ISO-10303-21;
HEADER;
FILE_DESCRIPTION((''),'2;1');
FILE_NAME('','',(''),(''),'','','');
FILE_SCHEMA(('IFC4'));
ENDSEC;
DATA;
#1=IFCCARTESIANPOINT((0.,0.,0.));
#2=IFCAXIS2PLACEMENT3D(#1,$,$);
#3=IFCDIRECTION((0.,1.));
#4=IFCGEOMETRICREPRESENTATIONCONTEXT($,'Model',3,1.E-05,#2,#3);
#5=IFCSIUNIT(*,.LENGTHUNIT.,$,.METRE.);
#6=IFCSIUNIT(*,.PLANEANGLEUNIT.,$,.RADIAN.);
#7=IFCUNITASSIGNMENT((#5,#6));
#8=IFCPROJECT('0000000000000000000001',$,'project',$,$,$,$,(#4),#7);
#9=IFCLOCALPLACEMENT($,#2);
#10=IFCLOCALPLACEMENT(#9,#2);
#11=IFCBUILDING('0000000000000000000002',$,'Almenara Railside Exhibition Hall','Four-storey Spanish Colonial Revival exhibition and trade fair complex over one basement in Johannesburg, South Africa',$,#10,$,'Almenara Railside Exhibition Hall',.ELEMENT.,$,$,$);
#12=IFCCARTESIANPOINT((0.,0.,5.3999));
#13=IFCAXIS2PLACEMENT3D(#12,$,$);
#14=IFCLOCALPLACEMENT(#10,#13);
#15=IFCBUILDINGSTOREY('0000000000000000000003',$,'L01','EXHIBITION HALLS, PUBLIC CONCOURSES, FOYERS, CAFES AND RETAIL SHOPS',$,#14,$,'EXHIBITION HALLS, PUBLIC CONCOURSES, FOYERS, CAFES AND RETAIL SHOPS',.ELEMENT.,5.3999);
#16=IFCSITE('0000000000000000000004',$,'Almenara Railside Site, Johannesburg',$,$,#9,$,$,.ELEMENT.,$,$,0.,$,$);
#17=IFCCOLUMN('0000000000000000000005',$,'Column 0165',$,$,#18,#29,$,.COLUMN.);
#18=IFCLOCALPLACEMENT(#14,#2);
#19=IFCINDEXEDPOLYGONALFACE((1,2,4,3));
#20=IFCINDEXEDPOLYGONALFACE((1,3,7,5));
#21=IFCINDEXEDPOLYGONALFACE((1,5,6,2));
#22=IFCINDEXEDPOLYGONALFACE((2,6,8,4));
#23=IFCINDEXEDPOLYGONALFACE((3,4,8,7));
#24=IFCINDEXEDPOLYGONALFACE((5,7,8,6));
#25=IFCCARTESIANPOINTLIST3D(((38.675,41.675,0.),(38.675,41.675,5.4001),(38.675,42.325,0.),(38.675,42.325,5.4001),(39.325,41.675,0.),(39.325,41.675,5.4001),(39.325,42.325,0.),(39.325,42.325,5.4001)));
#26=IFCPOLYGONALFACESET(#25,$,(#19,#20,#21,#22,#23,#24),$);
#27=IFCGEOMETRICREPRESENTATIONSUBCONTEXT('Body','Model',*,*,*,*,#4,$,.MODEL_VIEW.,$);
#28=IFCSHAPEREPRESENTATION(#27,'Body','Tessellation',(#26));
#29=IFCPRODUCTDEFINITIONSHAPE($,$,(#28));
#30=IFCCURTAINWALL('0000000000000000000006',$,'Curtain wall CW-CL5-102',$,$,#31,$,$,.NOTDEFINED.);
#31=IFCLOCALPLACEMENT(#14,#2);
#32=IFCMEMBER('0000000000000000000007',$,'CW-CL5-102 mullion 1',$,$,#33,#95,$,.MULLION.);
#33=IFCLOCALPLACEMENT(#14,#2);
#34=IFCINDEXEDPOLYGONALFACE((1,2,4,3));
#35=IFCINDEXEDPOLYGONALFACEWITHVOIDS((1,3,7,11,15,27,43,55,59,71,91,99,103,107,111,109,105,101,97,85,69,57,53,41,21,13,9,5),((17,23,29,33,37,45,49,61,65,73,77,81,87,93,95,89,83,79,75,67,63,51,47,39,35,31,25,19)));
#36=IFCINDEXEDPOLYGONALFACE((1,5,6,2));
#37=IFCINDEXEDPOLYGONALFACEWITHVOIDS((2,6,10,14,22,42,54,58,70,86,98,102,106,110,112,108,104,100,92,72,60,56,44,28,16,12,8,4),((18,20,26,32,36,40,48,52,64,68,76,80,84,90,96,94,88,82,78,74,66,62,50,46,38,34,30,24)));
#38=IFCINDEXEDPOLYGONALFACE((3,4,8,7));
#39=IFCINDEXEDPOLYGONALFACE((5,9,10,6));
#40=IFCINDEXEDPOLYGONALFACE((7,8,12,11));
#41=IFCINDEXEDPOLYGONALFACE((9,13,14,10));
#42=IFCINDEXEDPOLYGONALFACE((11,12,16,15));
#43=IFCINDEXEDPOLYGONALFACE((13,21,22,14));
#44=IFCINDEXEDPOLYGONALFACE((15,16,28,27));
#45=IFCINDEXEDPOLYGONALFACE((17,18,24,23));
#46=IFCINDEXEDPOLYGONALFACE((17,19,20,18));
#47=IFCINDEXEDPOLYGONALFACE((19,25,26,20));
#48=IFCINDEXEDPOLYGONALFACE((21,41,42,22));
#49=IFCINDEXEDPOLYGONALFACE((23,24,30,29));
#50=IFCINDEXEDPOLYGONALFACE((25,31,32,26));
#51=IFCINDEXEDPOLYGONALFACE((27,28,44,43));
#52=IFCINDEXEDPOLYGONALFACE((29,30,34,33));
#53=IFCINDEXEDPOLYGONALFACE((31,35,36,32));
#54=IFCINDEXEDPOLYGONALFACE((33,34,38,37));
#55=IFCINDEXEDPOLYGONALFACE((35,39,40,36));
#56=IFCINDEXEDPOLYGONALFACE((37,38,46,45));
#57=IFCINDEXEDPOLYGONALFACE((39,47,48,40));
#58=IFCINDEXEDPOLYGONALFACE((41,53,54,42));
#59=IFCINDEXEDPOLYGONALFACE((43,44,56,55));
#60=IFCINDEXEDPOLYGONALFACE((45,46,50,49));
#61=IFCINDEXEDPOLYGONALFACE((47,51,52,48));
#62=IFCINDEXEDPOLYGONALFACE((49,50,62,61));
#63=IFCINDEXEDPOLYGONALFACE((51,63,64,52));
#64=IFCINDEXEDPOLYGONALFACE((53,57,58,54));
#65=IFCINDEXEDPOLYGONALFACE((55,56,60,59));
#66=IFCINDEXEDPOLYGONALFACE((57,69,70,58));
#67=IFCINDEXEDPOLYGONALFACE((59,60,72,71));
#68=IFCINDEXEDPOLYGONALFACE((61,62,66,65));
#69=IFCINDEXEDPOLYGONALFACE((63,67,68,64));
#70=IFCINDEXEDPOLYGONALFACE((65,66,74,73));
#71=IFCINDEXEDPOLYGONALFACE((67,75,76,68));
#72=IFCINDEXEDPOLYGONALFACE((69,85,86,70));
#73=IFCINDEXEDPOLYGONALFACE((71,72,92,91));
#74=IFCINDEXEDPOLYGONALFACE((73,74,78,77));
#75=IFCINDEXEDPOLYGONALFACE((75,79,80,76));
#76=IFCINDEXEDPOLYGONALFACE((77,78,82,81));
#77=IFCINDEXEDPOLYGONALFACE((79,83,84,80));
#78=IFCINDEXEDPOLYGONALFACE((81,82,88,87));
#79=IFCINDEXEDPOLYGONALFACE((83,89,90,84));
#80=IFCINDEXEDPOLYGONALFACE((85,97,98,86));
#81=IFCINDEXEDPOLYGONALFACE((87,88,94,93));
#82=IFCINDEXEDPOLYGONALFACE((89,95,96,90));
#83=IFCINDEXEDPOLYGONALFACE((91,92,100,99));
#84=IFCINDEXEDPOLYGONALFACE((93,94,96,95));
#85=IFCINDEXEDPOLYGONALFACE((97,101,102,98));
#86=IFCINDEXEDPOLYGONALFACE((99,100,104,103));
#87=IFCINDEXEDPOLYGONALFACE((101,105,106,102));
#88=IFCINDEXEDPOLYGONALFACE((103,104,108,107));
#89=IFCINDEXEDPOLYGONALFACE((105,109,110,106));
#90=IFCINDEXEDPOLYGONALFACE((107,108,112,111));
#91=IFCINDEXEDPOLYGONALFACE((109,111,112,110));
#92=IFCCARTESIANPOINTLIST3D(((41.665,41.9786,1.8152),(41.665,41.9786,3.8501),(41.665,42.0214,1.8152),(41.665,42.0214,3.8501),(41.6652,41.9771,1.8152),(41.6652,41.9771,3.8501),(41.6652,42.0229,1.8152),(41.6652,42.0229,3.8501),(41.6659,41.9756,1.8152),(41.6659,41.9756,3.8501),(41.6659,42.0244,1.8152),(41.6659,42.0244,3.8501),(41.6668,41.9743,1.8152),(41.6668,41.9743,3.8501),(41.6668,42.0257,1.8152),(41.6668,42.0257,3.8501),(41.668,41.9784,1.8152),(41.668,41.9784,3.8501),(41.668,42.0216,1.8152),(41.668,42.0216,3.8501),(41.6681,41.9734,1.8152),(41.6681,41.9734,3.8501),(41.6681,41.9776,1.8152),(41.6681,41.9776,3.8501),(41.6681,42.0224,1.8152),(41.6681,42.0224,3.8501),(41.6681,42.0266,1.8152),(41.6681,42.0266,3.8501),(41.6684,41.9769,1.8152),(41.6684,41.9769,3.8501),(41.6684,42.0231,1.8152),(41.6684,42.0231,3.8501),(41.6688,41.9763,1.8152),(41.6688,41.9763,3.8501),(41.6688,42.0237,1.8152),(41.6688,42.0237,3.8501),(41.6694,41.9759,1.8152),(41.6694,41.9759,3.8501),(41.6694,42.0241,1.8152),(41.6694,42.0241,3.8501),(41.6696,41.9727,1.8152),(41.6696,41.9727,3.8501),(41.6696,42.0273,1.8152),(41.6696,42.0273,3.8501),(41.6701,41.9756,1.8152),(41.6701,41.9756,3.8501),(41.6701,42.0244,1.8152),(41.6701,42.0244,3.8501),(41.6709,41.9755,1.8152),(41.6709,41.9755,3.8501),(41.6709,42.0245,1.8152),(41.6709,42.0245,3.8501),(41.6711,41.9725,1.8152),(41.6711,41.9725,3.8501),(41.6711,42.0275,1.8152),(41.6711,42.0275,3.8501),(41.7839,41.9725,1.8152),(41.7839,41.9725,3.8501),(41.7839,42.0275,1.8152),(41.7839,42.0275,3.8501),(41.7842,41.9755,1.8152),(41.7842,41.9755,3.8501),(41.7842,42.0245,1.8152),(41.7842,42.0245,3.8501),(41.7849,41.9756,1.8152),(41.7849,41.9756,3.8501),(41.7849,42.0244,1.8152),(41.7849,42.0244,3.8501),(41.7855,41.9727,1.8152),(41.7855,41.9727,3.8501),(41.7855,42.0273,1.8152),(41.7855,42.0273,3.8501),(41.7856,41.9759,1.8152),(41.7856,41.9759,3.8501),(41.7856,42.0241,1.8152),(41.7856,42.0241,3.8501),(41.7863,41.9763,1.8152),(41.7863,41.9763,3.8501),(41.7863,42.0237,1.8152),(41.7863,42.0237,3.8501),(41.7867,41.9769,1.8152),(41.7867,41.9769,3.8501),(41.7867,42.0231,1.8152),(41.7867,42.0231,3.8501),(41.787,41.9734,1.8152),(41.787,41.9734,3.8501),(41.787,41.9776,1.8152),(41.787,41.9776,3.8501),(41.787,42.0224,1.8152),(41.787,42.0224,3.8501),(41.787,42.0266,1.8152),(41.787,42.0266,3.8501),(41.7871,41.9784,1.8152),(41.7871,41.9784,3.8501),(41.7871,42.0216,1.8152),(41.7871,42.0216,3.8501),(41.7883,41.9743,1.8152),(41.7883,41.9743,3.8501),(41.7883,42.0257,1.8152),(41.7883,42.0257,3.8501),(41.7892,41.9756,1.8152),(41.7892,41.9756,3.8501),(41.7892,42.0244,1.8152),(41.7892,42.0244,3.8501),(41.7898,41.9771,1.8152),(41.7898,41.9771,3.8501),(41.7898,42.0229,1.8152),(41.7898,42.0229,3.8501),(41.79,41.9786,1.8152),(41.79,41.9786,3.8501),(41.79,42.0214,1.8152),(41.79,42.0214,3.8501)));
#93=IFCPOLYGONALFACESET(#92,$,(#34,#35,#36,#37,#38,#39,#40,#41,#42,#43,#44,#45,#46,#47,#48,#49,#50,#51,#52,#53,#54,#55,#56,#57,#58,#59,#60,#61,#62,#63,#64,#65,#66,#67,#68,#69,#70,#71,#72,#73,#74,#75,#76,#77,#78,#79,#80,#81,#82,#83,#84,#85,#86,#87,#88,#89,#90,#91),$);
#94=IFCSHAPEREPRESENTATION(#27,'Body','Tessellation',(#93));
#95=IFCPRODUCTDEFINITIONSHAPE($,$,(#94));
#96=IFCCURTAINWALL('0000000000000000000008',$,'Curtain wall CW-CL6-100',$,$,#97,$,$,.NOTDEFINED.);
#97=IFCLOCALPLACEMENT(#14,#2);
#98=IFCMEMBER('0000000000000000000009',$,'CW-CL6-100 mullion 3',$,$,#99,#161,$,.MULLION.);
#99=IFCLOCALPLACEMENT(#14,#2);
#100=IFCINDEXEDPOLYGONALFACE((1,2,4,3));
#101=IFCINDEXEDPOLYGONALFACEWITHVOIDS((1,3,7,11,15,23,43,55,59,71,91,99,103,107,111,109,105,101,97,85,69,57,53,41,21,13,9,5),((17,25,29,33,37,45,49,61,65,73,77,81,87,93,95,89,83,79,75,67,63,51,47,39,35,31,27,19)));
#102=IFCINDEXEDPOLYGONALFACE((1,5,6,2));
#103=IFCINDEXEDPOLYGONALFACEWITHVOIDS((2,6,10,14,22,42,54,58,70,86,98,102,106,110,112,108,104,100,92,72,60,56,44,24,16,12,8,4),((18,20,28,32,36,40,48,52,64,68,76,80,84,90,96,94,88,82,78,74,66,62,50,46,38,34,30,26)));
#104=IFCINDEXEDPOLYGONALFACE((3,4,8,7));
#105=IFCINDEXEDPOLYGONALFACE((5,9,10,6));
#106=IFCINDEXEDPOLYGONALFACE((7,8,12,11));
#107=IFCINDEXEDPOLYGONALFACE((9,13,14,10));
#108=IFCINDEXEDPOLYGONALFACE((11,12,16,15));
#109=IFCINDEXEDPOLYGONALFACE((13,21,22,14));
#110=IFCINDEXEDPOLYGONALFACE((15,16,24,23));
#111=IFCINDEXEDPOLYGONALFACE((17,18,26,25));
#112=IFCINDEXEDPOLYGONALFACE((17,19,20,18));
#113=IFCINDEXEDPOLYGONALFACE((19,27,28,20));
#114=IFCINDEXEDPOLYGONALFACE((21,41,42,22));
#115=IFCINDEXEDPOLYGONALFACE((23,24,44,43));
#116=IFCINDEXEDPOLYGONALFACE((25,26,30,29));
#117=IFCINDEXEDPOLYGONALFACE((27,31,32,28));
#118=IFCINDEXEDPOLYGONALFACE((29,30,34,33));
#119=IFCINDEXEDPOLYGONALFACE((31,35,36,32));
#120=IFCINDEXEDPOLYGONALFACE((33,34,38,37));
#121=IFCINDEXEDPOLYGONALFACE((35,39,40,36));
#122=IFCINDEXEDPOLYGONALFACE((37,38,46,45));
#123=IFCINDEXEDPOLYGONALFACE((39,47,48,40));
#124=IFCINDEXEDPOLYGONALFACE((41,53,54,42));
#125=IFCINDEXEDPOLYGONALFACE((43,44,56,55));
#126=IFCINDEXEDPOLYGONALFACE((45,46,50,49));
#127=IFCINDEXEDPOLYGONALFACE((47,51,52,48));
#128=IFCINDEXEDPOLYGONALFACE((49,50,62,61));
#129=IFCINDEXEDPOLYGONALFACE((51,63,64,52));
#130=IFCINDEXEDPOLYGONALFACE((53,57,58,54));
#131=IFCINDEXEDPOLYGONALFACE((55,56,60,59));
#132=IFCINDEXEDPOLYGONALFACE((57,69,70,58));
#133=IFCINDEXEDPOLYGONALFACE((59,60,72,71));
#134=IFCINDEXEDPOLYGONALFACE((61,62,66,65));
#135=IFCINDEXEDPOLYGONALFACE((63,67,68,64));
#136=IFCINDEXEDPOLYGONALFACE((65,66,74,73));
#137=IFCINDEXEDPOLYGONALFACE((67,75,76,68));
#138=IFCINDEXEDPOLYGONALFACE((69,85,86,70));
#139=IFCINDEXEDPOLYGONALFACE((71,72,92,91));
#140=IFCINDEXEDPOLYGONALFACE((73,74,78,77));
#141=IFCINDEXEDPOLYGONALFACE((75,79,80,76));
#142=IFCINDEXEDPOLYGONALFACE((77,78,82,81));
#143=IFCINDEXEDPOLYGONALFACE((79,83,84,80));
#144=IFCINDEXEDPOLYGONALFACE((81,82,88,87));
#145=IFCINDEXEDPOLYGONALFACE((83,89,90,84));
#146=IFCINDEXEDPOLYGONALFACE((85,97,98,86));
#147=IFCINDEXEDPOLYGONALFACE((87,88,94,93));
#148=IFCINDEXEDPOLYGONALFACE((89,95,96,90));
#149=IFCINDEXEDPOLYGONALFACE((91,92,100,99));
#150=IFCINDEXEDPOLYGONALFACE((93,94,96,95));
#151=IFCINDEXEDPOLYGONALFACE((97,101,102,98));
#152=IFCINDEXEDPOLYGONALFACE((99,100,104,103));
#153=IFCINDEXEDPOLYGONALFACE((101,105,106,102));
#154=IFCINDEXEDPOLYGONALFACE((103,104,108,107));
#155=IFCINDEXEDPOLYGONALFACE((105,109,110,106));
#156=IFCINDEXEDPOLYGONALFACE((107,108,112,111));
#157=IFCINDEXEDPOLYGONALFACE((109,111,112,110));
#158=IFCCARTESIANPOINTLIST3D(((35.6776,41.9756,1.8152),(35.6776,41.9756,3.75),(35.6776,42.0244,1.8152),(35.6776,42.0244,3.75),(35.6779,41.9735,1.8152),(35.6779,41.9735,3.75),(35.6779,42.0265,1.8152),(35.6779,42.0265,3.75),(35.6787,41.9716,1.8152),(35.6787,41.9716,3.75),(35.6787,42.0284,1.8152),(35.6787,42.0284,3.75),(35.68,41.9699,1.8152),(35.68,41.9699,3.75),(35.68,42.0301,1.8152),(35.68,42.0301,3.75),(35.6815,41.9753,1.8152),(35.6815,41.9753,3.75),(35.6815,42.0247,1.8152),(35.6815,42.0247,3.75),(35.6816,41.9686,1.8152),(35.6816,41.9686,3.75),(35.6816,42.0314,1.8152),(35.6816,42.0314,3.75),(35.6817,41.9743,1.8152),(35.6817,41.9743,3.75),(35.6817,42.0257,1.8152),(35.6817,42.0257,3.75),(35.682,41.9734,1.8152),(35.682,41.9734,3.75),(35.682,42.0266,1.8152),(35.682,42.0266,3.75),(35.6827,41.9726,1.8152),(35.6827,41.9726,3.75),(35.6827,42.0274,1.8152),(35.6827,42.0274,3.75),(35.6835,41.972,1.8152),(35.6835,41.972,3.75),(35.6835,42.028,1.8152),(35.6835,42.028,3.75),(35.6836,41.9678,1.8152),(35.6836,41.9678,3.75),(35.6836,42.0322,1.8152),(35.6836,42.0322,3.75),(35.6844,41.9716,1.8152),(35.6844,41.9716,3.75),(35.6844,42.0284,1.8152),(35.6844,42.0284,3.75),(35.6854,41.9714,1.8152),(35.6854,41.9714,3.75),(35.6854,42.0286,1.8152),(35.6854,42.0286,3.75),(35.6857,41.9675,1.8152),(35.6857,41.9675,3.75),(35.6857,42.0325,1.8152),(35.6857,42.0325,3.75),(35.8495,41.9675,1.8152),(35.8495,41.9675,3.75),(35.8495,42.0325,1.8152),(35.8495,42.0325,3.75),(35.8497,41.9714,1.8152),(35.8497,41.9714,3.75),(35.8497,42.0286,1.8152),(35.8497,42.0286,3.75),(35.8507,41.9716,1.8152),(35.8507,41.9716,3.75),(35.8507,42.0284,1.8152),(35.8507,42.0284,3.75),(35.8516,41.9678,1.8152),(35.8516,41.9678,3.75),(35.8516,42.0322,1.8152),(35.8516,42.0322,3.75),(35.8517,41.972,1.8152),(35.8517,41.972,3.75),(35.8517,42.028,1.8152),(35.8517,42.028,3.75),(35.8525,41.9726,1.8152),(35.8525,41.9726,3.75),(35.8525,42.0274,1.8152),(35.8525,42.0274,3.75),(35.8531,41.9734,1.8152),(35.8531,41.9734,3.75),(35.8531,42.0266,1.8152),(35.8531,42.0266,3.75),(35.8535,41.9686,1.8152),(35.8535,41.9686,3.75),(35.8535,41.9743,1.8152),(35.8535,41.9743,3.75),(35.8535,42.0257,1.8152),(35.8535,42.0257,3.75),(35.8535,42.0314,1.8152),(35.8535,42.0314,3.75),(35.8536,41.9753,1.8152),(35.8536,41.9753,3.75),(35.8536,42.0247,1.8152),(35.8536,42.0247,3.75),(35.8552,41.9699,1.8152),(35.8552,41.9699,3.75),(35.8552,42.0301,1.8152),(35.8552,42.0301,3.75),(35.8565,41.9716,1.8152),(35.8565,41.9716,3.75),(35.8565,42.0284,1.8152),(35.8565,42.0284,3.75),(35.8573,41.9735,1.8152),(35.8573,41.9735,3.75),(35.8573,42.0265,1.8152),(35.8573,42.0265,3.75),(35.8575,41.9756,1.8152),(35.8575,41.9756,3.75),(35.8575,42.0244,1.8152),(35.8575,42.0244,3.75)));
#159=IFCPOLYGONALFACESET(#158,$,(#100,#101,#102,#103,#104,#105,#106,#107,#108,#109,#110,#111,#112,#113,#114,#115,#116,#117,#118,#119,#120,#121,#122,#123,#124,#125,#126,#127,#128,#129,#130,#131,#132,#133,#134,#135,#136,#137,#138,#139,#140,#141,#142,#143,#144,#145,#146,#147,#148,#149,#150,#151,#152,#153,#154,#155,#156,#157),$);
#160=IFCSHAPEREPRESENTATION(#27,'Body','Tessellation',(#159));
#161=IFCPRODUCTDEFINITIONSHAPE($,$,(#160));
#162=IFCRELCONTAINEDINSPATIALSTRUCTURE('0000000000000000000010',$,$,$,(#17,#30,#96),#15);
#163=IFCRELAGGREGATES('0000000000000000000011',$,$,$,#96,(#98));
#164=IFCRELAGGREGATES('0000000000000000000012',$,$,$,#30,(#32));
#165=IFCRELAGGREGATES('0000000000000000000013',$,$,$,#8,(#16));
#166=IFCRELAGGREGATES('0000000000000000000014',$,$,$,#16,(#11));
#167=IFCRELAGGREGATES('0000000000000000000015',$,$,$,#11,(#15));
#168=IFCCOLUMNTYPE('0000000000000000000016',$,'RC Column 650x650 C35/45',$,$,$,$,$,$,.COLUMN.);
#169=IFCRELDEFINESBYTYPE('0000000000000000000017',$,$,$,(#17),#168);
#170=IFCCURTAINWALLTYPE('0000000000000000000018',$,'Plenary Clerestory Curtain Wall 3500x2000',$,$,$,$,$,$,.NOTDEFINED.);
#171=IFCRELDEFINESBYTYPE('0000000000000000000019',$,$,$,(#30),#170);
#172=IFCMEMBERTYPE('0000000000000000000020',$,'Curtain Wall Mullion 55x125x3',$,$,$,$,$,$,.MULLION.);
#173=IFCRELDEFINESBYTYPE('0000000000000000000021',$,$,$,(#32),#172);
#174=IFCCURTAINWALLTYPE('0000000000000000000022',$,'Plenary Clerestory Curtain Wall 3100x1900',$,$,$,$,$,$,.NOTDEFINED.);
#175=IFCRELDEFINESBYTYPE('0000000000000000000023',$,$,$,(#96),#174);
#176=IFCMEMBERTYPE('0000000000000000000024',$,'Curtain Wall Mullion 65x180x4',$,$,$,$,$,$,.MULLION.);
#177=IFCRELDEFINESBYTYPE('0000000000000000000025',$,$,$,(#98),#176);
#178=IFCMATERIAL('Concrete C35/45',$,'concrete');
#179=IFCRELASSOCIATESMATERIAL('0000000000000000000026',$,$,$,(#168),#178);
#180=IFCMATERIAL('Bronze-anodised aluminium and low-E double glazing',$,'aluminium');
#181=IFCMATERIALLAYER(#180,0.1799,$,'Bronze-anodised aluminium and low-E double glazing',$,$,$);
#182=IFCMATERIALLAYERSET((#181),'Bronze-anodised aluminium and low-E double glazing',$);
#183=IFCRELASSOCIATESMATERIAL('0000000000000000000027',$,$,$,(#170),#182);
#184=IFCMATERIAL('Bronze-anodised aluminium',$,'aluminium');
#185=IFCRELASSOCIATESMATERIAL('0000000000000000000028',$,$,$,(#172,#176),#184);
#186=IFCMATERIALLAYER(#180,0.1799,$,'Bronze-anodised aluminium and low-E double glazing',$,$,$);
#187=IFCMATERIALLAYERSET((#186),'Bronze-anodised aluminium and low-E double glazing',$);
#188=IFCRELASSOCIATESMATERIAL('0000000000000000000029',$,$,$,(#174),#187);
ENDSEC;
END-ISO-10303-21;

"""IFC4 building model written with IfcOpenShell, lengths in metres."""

from ifc_helpers import new_model, si_unit, direction, frame, origin, origin_2d, place, context, subcontext, project, spatial, rectangle, hollow_rectangle, extrude, material, layer, layer_set, material_profile, profile_set, type_object, element, aggregate, save


model = new_model("IFC4")

# Units and contexts
model_context = context("Model", 3, precision=1e-05, world=origin(), true_north=direction((0.0, 1.0)))
body_context = subcontext(model_context, "Body", "Model", "MODEL_VIEW")
ifc_project = project(units=[si_unit("LENGTHUNIT", "METRE"), si_unit("PLANEANGLEUNIT", "RADIAN")], contexts=[model_context])

# Site, building, storey
site_placement = place(None, origin())
site = spatial("IfcSite", under=ifc_project, at=site_placement, Name="Almenara Railside Site, Johannesburg", CompositionType="ELEMENT", RefElevation=0.0)
building_placement = place(site_placement, origin())
building = spatial("IfcBuilding", under=site, at=building_placement, Name="Almenara Railside Exhibition Hall", Description="Four-storey Spanish Colonial Revival exhibition and trade fair complex over one basement in Johannesburg, South Africa", LongName="Almenara Railside Exhibition Hall", CompositionType="ELEMENT")
storey_placement = place(building_placement, frame((0.0, 0.0, 5.3999)))
storey = spatial("IfcBuildingStorey", under=building, at=storey_placement, Name="L01", Description="EXHIBITION HALLS, PUBLIC CONCOURSES, FOYERS, CAFES AND RETAIL SHOPS", LongName="EXHIBITION HALLS, PUBLIC CONCOURSES, FOYERS, CAFES AND RETAIL SHOPS", CompositionType="ELEMENT", Elevation=5.3999)

# Column
ifc_material_1 = material(Name="Concrete C35/45", Category="concrete")
ifc_material_profile_1 = material_profile(ifc_material_1, rectangle(XDim=0.6499, YDim=0.6499, at=origin_2d()), Name="RC 650x650")
ifc_profile_set_1 = profile_set([ifc_material_profile_1], Name="Concrete C35/45")
column_type = type_object("IfcColumnType", Name="RC Column 650x650 C35/45", PredefinedType="COLUMN", material=ifc_profile_set_1)
column_placement = place(storey_placement, frame((39.0, 42.0, 0.0), z_axis=(0.0, 0.0, 1.0), x_axis=(1.0, 0.0, 0.0)))
element("IfcColumn", 1, at=column_placement, inside=storey, type_object=column_type, Name="Column 0165", PredefinedType="COLUMN", context=body_context, shape_type="SweptSolid", body=[
    extrude(rectangle(XDim=0.6499, YDim=0.6499, at=origin_2d()), origin(), (0.0, 0.0, 1.0), 5.4001),
])

# Curtain walls, members
ifc_material_2 = material(Name="Bronze-anodised aluminium and low-E double glazing", Category="aluminium")
ifc_layer_1 = layer(ifc_material_2, 0.1799, Name="Bronze-anodised aluminium and low-E double glazing")
ifc_layer_set_1 = layer_set([ifc_layer_1], Name="Bronze-anodised aluminium and low-E double glazing")
curtain_wall_type_1 = type_object("IfcCurtainWallType", Name="Plenary Clerestory Curtain Wall 3500x2000", PredefinedType="NOTDEFINED", material=ifc_layer_set_1)
curtain_wall_1_placement = place(storey_placement, origin())
curtain_wall_1 = element("IfcCurtainWall", 2, at=curtain_wall_1_placement, inside=storey, type_object=curtain_wall_type_1, Name="Curtain wall CW-CL5-102", PredefinedType="NOTDEFINED")
ifc_material_3 = material(Name="Bronze-anodised aluminium", Category="aluminium")
ifc_material_profile_2 = material_profile(ifc_material_3, hollow_rectangle(XDim=0.0549, YDim=0.125, WallThickness=0.0029, InnerFilletRadius=0.0029, OuterFilletRadius=0.0061, at=origin_2d()), Name="ALU-MUL 55x125x3")
ifc_profile_set_2 = profile_set([ifc_material_profile_2], Name="Bronze-anodised aluminium")
member_type_1 = type_object("IfcMemberType", Name="Curtain Wall Mullion 55x125x3", PredefinedType="MULLION", material=ifc_profile_set_2)
member_1_placement = place(storey_placement, frame((41.7275, 42.0, 1.8152), z_axis=(0.0, 0.0, 1.0), x_axis=(0.0, 1.0, 0.0)))
member_1 = element("IfcMember", 3, at=member_1_placement, type_object=member_type_1, Name="CW-CL5-102 mullion 1", PredefinedType="MULLION", context=body_context, shape_type="SweptSolid", body=[
    extrude(hollow_rectangle(XDim=0.0549, YDim=0.125, WallThickness=0.0029, InnerFilletRadius=0.0029, OuterFilletRadius=0.0061, at=origin_2d()), origin(), (0.0, 0.0, 1.0), 2.0349),
])
ifc_layer_2 = layer(ifc_material_2, 0.1799, Name="Bronze-anodised aluminium and low-E double glazing")
ifc_layer_set_2 = layer_set([ifc_layer_2], Name="Bronze-anodised aluminium and low-E double glazing")
curtain_wall_type_2 = type_object("IfcCurtainWallType", Name="Plenary Clerestory Curtain Wall 3100x1900", PredefinedType="NOTDEFINED", material=ifc_layer_set_2)
curtain_wall_2_placement = place(storey_placement, origin())
curtain_wall_2 = element("IfcCurtainWall", 4, at=curtain_wall_2_placement, inside=storey, type_object=curtain_wall_type_2, Name="Curtain wall CW-CL6-100", PredefinedType="NOTDEFINED")
ifc_material_profile_3 = material_profile(ifc_material_3, hollow_rectangle(XDim=0.0649, YDim=0.1799, WallThickness=0.0039, InnerFilletRadius=0.0039, OuterFilletRadius=0.0081, at=origin_2d()), Name="ALU-MUL 65x180x4")
ifc_profile_set_3 = profile_set([ifc_material_profile_3], Name="Bronze-anodised aluminium")
member_type_2 = type_object("IfcMemberType", Name="Curtain Wall Mullion 65x180x4", PredefinedType="MULLION", material=ifc_profile_set_3)
member_2_placement = place(storey_placement, frame((35.7676, 42.0, 1.8152), z_axis=(0.0, 0.0, 1.0), x_axis=(0.0, 1.0, 0.0)))
member_2 = element("IfcMember", 5, at=member_2_placement, type_object=member_type_2, Name="CW-CL6-100 mullion 3", PredefinedType="MULLION", context=body_context, shape_type="SweptSolid", body=[
    extrude(hollow_rectangle(XDim=0.0649, YDim=0.1799, WallThickness=0.0039, InnerFilletRadius=0.0039, OuterFilletRadius=0.0081, at=origin_2d()), origin(), (0.0, 0.0, 1.0), 1.9348),
])

aggregate(curtain_wall_2, [member_2])
aggregate(curtain_wall_1, [member_1])

save(model, "model.ifc")
